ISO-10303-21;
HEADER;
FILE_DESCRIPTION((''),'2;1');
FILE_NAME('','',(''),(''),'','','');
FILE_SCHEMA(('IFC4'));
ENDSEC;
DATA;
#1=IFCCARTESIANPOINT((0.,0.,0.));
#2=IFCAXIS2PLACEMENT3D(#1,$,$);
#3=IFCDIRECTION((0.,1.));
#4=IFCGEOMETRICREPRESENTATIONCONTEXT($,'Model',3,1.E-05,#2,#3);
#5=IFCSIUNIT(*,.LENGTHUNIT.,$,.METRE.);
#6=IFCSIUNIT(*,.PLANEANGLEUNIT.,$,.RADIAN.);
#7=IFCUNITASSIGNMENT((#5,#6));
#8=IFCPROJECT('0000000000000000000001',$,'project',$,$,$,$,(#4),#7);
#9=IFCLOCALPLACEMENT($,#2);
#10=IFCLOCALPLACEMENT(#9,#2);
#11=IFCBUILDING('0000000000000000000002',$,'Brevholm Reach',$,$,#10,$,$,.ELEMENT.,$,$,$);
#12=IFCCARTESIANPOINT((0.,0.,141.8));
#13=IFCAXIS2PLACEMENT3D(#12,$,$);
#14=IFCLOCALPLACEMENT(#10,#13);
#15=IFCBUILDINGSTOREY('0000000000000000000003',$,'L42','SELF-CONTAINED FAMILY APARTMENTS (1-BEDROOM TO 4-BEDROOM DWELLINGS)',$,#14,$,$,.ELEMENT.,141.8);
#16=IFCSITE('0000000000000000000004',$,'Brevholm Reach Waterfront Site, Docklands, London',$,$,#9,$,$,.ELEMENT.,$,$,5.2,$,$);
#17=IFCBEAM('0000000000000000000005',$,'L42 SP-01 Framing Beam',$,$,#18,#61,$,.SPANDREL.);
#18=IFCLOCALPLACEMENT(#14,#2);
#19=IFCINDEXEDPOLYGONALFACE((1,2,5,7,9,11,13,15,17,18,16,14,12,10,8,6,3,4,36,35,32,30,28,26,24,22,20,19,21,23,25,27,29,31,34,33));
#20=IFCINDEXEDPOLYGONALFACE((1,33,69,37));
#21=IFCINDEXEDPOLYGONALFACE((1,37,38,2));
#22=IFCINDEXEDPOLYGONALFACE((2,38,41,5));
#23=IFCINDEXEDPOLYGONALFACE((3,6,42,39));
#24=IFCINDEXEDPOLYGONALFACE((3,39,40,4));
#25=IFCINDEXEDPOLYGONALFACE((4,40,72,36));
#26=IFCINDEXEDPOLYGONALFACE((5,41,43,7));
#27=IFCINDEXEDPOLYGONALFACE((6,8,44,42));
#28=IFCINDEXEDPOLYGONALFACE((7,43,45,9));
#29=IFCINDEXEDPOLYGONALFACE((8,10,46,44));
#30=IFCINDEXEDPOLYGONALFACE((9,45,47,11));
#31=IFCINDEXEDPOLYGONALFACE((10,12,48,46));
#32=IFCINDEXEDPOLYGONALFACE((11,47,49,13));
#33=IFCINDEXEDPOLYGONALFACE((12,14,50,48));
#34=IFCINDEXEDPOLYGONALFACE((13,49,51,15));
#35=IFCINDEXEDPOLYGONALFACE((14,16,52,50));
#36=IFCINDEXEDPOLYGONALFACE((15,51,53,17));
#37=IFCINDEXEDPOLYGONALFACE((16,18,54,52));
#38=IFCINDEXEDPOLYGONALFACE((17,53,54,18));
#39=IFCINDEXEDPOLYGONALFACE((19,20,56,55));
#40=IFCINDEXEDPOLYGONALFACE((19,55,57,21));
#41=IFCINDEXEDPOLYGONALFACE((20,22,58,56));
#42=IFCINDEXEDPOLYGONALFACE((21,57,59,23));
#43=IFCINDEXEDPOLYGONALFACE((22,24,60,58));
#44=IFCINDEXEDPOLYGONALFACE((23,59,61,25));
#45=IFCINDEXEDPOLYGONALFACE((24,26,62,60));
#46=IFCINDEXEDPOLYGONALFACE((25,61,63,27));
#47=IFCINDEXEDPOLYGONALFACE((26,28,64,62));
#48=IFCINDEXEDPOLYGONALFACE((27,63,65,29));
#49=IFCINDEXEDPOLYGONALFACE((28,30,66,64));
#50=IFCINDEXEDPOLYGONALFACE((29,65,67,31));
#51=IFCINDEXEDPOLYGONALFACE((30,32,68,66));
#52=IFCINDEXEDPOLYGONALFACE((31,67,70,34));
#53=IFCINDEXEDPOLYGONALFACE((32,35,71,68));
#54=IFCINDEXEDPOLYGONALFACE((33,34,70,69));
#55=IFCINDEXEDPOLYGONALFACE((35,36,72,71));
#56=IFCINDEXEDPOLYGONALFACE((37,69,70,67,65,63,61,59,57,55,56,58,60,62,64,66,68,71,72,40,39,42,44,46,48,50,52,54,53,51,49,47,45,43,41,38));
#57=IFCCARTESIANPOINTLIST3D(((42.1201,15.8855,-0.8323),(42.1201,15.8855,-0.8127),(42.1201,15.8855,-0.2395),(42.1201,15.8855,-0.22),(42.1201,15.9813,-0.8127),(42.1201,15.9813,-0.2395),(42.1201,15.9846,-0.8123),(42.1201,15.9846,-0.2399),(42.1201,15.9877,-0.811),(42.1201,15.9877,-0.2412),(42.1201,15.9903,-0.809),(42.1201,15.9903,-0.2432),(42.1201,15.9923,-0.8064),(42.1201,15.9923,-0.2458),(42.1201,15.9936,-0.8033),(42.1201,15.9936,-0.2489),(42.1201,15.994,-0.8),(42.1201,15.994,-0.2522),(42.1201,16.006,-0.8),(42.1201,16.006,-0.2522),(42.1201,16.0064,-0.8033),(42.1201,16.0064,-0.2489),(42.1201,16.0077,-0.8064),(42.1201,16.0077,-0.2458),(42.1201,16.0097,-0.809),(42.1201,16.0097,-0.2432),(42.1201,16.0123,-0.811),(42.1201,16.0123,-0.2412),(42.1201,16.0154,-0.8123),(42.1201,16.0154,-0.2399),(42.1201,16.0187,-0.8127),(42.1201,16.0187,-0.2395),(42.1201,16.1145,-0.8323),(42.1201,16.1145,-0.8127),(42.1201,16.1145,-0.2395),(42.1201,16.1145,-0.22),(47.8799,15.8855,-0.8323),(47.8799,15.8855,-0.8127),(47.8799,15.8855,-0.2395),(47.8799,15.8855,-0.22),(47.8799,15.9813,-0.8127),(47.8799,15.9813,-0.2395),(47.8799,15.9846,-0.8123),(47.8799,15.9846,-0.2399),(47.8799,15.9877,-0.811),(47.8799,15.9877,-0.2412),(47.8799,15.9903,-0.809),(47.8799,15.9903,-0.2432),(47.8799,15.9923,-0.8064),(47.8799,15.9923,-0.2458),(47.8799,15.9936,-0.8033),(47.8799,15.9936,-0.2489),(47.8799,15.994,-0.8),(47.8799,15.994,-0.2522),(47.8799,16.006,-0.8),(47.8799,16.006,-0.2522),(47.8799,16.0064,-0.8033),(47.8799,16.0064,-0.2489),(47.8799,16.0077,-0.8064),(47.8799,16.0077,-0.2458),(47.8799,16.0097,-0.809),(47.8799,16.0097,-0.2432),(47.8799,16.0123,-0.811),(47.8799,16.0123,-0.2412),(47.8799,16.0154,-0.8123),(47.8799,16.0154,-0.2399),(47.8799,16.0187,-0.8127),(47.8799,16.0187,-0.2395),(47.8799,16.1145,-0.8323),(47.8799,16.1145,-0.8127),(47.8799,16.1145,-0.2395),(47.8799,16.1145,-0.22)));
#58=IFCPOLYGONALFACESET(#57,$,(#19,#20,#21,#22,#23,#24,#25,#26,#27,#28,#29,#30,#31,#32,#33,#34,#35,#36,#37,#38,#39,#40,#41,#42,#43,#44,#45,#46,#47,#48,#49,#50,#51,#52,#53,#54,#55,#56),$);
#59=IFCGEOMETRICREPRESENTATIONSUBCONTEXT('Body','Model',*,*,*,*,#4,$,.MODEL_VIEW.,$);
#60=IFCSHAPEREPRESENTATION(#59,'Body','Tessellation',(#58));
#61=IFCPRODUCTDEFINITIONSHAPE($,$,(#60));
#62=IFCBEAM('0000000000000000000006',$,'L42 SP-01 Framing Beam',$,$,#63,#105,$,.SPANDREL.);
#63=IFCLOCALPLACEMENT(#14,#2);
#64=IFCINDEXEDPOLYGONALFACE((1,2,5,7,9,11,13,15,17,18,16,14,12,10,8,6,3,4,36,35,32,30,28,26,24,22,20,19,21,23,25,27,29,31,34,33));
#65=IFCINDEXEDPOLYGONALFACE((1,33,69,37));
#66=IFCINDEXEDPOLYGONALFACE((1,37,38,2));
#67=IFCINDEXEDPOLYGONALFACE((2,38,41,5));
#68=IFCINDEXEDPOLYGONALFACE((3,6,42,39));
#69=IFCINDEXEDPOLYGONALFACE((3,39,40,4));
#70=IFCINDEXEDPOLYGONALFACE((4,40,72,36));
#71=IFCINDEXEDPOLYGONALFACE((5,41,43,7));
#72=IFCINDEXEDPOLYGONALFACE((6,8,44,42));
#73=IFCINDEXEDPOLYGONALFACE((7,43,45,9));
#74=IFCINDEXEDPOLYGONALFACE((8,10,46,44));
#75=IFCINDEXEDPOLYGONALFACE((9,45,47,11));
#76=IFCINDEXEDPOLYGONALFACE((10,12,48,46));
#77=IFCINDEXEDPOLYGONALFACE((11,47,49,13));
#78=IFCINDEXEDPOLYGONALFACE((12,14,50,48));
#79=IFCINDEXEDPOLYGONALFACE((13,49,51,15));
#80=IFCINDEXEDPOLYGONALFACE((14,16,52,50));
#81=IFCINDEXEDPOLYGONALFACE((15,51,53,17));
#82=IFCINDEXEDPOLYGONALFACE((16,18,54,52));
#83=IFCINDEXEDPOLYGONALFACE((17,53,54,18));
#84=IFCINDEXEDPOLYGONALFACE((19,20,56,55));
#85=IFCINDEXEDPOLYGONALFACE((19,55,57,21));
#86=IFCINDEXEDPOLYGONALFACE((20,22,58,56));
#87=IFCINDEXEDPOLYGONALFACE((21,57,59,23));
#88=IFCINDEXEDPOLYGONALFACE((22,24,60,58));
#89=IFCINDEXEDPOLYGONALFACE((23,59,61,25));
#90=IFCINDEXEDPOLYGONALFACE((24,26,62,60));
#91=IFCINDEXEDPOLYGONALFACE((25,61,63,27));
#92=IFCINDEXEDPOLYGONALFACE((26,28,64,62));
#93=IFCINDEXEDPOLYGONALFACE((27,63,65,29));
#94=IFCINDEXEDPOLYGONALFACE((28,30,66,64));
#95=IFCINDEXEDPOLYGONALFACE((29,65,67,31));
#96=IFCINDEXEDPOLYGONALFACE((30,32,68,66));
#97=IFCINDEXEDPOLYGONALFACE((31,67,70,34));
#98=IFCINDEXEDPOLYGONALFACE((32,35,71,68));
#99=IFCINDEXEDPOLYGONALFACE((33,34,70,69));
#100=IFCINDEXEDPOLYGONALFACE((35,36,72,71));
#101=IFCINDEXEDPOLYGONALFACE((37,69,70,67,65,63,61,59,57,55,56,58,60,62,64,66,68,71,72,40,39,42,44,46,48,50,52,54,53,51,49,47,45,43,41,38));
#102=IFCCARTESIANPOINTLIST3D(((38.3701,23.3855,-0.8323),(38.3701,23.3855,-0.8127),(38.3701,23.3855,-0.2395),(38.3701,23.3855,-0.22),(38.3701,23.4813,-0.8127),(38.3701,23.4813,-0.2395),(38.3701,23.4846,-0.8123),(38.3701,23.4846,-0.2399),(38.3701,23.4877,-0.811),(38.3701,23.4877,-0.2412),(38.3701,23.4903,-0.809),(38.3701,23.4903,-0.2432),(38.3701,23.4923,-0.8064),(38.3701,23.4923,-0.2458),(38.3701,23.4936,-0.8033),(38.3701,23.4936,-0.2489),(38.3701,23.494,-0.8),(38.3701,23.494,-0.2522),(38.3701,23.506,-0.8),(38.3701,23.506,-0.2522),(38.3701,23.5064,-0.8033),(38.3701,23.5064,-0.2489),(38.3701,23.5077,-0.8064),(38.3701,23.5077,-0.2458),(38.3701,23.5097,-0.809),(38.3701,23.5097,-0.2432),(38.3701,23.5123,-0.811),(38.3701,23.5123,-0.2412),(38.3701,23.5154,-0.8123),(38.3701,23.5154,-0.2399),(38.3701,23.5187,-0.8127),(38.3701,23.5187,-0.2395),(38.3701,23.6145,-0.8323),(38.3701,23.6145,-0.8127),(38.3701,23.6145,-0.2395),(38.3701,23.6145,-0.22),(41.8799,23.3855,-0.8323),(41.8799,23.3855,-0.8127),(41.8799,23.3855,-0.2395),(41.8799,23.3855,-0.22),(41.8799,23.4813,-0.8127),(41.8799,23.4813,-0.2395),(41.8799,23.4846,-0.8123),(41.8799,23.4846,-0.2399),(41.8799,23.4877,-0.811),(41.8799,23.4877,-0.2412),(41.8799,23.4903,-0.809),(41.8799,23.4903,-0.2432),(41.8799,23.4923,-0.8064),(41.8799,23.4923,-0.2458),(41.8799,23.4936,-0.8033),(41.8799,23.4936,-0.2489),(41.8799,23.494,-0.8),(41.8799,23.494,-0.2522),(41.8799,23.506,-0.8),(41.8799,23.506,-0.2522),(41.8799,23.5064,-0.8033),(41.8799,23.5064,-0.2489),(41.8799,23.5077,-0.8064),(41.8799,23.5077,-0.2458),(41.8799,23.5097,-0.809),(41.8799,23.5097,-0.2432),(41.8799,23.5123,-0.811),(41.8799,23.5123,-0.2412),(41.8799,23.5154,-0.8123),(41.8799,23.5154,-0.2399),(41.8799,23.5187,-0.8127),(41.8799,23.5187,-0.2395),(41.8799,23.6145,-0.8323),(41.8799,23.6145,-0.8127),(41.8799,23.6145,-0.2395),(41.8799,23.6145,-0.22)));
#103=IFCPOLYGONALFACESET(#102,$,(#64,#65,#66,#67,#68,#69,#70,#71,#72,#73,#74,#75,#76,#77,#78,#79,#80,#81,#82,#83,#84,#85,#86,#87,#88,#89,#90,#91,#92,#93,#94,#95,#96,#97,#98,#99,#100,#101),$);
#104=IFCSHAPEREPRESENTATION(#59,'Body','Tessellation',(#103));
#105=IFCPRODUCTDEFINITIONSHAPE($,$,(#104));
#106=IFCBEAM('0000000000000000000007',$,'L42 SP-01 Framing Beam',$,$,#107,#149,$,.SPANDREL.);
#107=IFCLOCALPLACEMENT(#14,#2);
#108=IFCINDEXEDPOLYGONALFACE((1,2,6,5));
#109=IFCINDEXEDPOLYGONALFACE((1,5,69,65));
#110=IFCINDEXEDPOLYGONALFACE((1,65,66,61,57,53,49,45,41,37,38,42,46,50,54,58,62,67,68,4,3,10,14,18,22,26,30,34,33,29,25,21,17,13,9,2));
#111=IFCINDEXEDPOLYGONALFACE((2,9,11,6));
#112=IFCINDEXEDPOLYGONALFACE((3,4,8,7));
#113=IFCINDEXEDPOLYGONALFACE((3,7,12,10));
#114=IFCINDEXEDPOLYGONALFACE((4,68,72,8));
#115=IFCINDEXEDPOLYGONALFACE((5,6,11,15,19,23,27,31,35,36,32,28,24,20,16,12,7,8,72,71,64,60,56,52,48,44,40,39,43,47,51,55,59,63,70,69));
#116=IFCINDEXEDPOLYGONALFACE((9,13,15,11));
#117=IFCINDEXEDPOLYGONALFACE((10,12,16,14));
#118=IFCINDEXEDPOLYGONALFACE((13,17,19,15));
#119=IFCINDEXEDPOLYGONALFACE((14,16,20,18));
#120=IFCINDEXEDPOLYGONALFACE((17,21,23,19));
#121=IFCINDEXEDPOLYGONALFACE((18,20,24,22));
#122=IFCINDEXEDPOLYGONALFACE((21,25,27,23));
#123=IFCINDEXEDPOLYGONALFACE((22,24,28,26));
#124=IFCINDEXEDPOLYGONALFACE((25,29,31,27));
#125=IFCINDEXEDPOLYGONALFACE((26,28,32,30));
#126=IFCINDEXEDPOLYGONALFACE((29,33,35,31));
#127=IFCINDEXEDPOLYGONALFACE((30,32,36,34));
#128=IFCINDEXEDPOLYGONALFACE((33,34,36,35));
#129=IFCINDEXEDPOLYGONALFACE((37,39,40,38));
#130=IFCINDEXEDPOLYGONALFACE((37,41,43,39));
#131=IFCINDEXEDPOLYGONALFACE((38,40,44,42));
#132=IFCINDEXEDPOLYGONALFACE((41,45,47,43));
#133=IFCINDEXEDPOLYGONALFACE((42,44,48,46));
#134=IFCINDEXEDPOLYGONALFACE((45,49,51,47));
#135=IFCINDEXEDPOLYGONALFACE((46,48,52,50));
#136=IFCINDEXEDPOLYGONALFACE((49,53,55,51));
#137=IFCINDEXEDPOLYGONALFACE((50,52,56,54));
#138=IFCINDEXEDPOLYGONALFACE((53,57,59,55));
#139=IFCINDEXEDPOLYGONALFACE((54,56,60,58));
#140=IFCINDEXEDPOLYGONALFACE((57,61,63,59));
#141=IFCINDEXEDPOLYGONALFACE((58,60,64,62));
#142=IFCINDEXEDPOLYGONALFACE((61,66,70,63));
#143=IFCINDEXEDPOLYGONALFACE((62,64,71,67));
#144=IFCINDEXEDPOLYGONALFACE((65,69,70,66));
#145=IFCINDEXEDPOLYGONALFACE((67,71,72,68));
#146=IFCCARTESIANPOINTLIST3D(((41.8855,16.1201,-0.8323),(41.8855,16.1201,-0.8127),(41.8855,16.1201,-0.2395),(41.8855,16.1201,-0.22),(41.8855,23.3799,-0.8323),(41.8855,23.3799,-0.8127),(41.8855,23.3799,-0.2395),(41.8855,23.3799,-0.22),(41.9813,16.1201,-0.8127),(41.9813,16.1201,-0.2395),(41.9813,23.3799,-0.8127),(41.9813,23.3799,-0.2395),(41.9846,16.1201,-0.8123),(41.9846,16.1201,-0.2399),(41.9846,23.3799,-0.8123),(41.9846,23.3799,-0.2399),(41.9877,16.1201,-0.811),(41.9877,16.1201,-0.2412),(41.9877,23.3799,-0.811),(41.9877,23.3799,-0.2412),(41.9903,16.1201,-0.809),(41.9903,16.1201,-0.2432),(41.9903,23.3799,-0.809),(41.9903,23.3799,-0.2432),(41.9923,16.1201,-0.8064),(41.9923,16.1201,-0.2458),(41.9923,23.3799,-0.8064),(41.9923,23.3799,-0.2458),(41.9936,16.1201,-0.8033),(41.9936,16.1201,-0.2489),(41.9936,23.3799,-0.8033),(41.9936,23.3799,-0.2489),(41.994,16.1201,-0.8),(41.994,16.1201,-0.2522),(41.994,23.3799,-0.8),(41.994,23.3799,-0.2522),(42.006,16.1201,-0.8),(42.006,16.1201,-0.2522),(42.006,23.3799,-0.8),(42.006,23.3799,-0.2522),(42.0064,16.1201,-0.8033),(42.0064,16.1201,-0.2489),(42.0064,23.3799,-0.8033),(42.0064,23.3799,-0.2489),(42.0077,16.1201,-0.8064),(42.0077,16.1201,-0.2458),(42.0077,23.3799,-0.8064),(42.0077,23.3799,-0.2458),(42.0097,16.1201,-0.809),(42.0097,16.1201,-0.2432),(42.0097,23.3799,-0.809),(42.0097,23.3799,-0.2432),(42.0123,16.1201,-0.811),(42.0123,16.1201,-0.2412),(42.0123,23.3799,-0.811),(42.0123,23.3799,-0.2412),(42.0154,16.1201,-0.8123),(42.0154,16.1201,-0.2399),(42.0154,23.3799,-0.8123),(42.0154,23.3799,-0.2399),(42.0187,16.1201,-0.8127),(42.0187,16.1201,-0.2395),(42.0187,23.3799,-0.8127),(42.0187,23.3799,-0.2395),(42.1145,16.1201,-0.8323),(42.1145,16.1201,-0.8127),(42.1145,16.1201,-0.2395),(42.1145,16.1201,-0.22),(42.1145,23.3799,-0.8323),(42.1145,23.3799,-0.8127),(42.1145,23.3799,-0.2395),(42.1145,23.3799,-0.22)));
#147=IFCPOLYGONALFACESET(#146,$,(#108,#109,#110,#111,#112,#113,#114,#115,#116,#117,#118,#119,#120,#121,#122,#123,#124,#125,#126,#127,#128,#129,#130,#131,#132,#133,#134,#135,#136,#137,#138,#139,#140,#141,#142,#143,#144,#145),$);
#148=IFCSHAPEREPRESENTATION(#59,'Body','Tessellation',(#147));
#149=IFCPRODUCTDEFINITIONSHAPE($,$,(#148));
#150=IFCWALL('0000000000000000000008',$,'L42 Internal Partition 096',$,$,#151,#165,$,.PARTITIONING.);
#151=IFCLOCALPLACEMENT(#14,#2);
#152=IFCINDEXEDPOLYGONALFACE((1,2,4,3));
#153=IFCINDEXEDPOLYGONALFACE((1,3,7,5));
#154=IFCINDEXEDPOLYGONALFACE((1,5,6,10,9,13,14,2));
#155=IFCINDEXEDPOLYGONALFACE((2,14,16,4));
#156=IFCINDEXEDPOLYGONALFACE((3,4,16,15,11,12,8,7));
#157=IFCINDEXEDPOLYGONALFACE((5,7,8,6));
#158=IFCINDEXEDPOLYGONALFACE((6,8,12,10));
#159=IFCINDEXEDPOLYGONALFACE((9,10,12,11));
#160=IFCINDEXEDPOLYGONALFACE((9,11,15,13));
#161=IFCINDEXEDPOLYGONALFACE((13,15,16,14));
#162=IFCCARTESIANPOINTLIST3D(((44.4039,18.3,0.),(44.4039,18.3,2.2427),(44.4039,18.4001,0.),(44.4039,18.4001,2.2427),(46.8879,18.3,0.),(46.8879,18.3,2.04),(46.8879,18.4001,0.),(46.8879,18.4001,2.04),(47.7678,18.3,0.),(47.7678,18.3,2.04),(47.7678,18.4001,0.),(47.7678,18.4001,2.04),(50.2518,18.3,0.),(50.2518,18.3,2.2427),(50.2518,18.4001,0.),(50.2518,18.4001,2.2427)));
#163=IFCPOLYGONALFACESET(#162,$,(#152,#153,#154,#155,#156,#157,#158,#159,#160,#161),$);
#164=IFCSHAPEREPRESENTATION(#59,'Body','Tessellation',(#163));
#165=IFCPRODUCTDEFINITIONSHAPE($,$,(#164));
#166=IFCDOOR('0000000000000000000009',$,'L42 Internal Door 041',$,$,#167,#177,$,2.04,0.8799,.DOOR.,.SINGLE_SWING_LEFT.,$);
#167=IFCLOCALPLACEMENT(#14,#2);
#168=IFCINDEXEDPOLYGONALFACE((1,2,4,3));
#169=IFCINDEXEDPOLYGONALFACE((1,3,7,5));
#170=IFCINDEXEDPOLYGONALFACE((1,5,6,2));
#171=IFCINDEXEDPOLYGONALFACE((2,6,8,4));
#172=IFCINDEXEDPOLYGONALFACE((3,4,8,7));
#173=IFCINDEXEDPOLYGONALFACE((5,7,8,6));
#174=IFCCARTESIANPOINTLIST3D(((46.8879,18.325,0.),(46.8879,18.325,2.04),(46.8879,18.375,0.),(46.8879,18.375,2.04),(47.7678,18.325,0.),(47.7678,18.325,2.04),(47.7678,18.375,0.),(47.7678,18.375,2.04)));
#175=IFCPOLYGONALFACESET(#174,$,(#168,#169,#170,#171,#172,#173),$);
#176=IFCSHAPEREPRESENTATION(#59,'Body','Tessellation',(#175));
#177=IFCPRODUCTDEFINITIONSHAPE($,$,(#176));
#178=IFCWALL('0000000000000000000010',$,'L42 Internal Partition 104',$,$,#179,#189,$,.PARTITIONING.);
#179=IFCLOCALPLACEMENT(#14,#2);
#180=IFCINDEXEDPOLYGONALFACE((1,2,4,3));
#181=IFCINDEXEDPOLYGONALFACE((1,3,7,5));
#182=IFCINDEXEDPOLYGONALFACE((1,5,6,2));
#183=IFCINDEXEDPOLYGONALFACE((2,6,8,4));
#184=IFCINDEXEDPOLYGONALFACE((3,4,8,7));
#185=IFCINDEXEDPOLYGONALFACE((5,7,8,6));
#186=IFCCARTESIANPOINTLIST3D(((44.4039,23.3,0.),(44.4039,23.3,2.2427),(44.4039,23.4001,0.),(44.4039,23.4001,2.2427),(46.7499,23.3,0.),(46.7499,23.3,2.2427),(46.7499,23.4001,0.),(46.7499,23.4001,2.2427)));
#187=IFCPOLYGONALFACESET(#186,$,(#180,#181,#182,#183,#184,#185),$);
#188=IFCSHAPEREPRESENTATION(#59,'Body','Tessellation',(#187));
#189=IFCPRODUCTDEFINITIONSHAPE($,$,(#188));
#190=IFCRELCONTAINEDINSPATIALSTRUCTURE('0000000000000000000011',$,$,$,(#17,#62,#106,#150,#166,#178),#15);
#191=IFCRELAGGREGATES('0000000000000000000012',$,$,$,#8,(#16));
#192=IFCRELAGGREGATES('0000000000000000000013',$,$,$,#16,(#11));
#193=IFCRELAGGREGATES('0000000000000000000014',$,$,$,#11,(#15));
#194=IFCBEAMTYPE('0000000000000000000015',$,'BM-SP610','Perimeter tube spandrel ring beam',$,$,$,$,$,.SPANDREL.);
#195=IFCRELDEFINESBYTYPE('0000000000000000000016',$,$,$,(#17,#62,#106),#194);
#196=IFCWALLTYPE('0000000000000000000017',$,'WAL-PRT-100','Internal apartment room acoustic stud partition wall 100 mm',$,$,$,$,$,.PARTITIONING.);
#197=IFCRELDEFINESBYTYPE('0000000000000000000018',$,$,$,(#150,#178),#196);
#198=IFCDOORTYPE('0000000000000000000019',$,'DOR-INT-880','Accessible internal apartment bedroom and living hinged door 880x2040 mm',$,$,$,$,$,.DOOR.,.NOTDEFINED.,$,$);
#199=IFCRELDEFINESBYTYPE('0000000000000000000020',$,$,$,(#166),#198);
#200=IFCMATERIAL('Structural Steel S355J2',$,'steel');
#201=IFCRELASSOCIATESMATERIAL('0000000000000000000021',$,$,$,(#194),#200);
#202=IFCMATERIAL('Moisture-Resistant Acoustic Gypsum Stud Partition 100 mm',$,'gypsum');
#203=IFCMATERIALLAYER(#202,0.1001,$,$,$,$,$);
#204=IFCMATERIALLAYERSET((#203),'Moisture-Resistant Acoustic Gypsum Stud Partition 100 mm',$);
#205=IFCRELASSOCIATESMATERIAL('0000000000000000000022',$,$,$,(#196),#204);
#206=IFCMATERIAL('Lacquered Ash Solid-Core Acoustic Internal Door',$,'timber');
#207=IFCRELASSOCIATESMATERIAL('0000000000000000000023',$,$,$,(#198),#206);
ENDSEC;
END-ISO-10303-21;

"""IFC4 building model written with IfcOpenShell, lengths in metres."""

from ifc_helpers import new_model, si_unit, direction, frame, frame_2d, origin, origin_2d, place, context, subcontext, project, spatial, rectangle, i_section, extrude, material, layer, layer_set, material_profile, profile_set, type_object, element, fill, save


model = new_model("IFC4")

# Units and contexts
model_context = context("Model", 3, precision=1e-05, world=origin(), true_north=direction((0.0, 1.0)))
body_context = subcontext(model_context, "Body", "Model", "MODEL_VIEW")
ifc_project = project(units=[si_unit("LENGTHUNIT", "METRE"), si_unit("PLANEANGLEUNIT", "RADIAN")], contexts=[model_context])

# Site, building, storey
site_placement = place(None, origin())
site = spatial("IfcSite", under=ifc_project, at=site_placement, Name="Brevholm Reach Waterfront Site, Docklands, London", CompositionType="ELEMENT", RefElevation=5.2)
building_placement = place(site_placement, origin())
building = spatial("IfcBuilding", under=site, at=building_placement, Name="Brevholm Reach", CompositionType="ELEMENT")
storey_placement = place(building_placement, frame((0.0, 0.0, 141.8)))
storey = spatial("IfcBuildingStorey", under=building, at=storey_placement, Name="L42", Description="SELF-CONTAINED FAMILY APARTMENTS (1-BEDROOM TO 4-BEDROOM DWELLINGS)", CompositionType="ELEMENT", Elevation=141.8)

# Beams
ifc_material_1 = material(Name="Structural Steel S355J2", Category="steel")
ifc_material_profile_1 = material_profile(ifc_material_1, i_section(OverallWidth=0.229, OverallDepth=0.6123, WebThickness=0.012, FlangeThickness=0.0195, FilletRadius=0.0127, at=origin_2d()), Name="UKB 610x229x125")
ifc_profile_set_1 = profile_set([ifc_material_profile_1], Name="Structural Steel S355J2")
beam_type_1 = type_object("IfcBeamType", Name="BM-SP610", Description="Perimeter tube spandrel ring beam", PredefinedType="SPANDREL", material=ifc_profile_set_1)
beam_1_placement = place(storey_placement, frame((42.1201, 16.0, -0.5261), z_axis=(1.0, 0.0, 0.0), x_axis=(0.0, 1.0, 0.0)))
element("IfcBeam", 1, at=beam_1_placement, inside=storey, type_object=beam_type_1, Name="L42 SP-01 Framing Beam", PredefinedType="SPANDREL", context=body_context, shape_type="SweptSolid", body=[
    extrude(i_section(OverallWidth=0.229, OverallDepth=0.6123, WebThickness=0.012, FlangeThickness=0.0195, FilletRadius=0.0127, at=origin_2d()), origin(), (0.0, 0.0, 1.0), 5.7598),
])
beam_2_placement = place(storey_placement, frame((38.3701, 23.5, -0.5261), z_axis=(1.0, 0.0, 0.0), x_axis=(0.0, 1.0, 0.0)))
element("IfcBeam", 2, at=beam_2_placement, inside=storey, type_object=beam_type_1, Name="L42 SP-01 Framing Beam", PredefinedType="SPANDREL", context=body_context, shape_type="SweptSolid", body=[
    extrude(i_section(OverallWidth=0.229, OverallDepth=0.6123, WebThickness=0.012, FlangeThickness=0.0195, FilletRadius=0.0127, at=origin_2d()), origin(), (0.0, 0.0, 1.0), 3.5098),
])
beam_3_placement = place(storey_placement, frame((42.0, 16.1201, -0.5261), z_axis=(0.0, 1.0, 0.0), x_axis=(-1.0, 0.0, 0.0)))
element("IfcBeam", 3, at=beam_3_placement, inside=storey, type_object=beam_type_1, Name="L42 SP-01 Framing Beam", PredefinedType="SPANDREL", context=body_context, shape_type="SweptSolid", body=[
    extrude(i_section(OverallWidth=0.229, OverallDepth=0.6123, WebThickness=0.012, FlangeThickness=0.0195, FilletRadius=0.0127, at=origin_2d()), origin(), (0.0, 0.0, 1.0), 7.2598),
])

# Wall, opening, door
ifc_material_2 = material(Name="Moisture-Resistant Acoustic Gypsum Stud Partition 100 mm", Category="gypsum")
ifc_layer_1 = layer(ifc_material_2, 0.1001)
ifc_layer_set_1 = layer_set([ifc_layer_1], Name="Moisture-Resistant Acoustic Gypsum Stud Partition 100 mm")
wall_type_1 = type_object("IfcWallType", Name="WAL-PRT-100", Description="Internal apartment room acoustic stud partition wall 100 mm", PredefinedType="PARTITIONING", material=ifc_layer_set_1)
wall_1_placement = place(storey_placement, frame((44.4041, 18.3501, 0.0), z_axis=(0.0, 0.0, 1.0), x_axis=(1.0, 0.0, 0.0)))
wall_1 = element("IfcWall", 4, at=wall_1_placement, inside=storey, type_object=wall_type_1, Name="L42 Internal Partition 096", PredefinedType="PARTITIONING", context=body_context, shape_type="SweptSolid", body=[
    extrude(rectangle(XDim=5.8479, YDim=0.1001, at=frame_2d((2.9238, 0.0))), origin(), (0.0, 0.0, 1.0), 2.2427),
])
opening_1_placement = place(wall_1_placement, frame((2.4839, 0.0, 0.0)))
opening_1 = element("IfcOpeningElement", 5, at=opening_1_placement, cuts=wall_1, PredefinedType="OPENING", context=body_context, shape_type="SweptSolid", body=[
    extrude(rectangle(XDim=0.8799, YDim=2.04, at=frame_2d((0.4399, 1.02))), frame((0.0, 0.0601, 0.0), z_axis=(0.0, -1.0, 0.0), x_axis=(1.0, 0.0, 0.0)), (0.0, 0.0, 1.0), 0.1201),
])
ifc_material_3 = material(Name="Lacquered Ash Solid-Core Acoustic Internal Door", Category="timber")
door_type_1 = type_object("IfcDoorType", Name="DOR-INT-880", Description="Accessible internal apartment bedroom and living hinged door 880x2040 mm", OperationType="NOTDEFINED", PredefinedType="DOOR", material=ifc_material_3)
door_1_placement = place(opening_1_placement, origin())
door_1 = element("IfcDoor", 6, at=door_1_placement, inside=storey, type_object=door_type_1, Name="L42 Internal Door 041", OperationType="SINGLE_SWING_LEFT", OverallHeight=2.04, OverallWidth=0.8799, PredefinedType="DOOR", context=body_context, shape_type="SweptSolid", body=[
    extrude(rectangle(XDim=0.8799, YDim=2.04, at=frame_2d((0.4399, 1.02))), frame((0.0, 0.0249, 0.0), z_axis=(0.0, -1.0, 0.0), x_axis=(1.0, 0.0, 0.0)), (0.0, 0.0, 1.0), 0.05),
])
fill(opening_1, door_1)

# Wall
wall_2_placement = place(storey_placement, frame((44.4041, 23.3501, 0.0), z_axis=(0.0, 0.0, 1.0), x_axis=(1.0, 0.0, 0.0)))
element("IfcWall", 7, at=wall_2_placement, inside=storey, type_object=wall_type_1, Name="L42 Internal Partition 104", PredefinedType="PARTITIONING", context=body_context, shape_type="SweptSolid", body=[
    extrude(rectangle(XDim=2.3459, YDim=0.1001, at=frame_2d((1.1729, 0.0))), origin(), (0.0, 0.0, 1.0), 2.2427),
])

save(model, "model.ifc")
